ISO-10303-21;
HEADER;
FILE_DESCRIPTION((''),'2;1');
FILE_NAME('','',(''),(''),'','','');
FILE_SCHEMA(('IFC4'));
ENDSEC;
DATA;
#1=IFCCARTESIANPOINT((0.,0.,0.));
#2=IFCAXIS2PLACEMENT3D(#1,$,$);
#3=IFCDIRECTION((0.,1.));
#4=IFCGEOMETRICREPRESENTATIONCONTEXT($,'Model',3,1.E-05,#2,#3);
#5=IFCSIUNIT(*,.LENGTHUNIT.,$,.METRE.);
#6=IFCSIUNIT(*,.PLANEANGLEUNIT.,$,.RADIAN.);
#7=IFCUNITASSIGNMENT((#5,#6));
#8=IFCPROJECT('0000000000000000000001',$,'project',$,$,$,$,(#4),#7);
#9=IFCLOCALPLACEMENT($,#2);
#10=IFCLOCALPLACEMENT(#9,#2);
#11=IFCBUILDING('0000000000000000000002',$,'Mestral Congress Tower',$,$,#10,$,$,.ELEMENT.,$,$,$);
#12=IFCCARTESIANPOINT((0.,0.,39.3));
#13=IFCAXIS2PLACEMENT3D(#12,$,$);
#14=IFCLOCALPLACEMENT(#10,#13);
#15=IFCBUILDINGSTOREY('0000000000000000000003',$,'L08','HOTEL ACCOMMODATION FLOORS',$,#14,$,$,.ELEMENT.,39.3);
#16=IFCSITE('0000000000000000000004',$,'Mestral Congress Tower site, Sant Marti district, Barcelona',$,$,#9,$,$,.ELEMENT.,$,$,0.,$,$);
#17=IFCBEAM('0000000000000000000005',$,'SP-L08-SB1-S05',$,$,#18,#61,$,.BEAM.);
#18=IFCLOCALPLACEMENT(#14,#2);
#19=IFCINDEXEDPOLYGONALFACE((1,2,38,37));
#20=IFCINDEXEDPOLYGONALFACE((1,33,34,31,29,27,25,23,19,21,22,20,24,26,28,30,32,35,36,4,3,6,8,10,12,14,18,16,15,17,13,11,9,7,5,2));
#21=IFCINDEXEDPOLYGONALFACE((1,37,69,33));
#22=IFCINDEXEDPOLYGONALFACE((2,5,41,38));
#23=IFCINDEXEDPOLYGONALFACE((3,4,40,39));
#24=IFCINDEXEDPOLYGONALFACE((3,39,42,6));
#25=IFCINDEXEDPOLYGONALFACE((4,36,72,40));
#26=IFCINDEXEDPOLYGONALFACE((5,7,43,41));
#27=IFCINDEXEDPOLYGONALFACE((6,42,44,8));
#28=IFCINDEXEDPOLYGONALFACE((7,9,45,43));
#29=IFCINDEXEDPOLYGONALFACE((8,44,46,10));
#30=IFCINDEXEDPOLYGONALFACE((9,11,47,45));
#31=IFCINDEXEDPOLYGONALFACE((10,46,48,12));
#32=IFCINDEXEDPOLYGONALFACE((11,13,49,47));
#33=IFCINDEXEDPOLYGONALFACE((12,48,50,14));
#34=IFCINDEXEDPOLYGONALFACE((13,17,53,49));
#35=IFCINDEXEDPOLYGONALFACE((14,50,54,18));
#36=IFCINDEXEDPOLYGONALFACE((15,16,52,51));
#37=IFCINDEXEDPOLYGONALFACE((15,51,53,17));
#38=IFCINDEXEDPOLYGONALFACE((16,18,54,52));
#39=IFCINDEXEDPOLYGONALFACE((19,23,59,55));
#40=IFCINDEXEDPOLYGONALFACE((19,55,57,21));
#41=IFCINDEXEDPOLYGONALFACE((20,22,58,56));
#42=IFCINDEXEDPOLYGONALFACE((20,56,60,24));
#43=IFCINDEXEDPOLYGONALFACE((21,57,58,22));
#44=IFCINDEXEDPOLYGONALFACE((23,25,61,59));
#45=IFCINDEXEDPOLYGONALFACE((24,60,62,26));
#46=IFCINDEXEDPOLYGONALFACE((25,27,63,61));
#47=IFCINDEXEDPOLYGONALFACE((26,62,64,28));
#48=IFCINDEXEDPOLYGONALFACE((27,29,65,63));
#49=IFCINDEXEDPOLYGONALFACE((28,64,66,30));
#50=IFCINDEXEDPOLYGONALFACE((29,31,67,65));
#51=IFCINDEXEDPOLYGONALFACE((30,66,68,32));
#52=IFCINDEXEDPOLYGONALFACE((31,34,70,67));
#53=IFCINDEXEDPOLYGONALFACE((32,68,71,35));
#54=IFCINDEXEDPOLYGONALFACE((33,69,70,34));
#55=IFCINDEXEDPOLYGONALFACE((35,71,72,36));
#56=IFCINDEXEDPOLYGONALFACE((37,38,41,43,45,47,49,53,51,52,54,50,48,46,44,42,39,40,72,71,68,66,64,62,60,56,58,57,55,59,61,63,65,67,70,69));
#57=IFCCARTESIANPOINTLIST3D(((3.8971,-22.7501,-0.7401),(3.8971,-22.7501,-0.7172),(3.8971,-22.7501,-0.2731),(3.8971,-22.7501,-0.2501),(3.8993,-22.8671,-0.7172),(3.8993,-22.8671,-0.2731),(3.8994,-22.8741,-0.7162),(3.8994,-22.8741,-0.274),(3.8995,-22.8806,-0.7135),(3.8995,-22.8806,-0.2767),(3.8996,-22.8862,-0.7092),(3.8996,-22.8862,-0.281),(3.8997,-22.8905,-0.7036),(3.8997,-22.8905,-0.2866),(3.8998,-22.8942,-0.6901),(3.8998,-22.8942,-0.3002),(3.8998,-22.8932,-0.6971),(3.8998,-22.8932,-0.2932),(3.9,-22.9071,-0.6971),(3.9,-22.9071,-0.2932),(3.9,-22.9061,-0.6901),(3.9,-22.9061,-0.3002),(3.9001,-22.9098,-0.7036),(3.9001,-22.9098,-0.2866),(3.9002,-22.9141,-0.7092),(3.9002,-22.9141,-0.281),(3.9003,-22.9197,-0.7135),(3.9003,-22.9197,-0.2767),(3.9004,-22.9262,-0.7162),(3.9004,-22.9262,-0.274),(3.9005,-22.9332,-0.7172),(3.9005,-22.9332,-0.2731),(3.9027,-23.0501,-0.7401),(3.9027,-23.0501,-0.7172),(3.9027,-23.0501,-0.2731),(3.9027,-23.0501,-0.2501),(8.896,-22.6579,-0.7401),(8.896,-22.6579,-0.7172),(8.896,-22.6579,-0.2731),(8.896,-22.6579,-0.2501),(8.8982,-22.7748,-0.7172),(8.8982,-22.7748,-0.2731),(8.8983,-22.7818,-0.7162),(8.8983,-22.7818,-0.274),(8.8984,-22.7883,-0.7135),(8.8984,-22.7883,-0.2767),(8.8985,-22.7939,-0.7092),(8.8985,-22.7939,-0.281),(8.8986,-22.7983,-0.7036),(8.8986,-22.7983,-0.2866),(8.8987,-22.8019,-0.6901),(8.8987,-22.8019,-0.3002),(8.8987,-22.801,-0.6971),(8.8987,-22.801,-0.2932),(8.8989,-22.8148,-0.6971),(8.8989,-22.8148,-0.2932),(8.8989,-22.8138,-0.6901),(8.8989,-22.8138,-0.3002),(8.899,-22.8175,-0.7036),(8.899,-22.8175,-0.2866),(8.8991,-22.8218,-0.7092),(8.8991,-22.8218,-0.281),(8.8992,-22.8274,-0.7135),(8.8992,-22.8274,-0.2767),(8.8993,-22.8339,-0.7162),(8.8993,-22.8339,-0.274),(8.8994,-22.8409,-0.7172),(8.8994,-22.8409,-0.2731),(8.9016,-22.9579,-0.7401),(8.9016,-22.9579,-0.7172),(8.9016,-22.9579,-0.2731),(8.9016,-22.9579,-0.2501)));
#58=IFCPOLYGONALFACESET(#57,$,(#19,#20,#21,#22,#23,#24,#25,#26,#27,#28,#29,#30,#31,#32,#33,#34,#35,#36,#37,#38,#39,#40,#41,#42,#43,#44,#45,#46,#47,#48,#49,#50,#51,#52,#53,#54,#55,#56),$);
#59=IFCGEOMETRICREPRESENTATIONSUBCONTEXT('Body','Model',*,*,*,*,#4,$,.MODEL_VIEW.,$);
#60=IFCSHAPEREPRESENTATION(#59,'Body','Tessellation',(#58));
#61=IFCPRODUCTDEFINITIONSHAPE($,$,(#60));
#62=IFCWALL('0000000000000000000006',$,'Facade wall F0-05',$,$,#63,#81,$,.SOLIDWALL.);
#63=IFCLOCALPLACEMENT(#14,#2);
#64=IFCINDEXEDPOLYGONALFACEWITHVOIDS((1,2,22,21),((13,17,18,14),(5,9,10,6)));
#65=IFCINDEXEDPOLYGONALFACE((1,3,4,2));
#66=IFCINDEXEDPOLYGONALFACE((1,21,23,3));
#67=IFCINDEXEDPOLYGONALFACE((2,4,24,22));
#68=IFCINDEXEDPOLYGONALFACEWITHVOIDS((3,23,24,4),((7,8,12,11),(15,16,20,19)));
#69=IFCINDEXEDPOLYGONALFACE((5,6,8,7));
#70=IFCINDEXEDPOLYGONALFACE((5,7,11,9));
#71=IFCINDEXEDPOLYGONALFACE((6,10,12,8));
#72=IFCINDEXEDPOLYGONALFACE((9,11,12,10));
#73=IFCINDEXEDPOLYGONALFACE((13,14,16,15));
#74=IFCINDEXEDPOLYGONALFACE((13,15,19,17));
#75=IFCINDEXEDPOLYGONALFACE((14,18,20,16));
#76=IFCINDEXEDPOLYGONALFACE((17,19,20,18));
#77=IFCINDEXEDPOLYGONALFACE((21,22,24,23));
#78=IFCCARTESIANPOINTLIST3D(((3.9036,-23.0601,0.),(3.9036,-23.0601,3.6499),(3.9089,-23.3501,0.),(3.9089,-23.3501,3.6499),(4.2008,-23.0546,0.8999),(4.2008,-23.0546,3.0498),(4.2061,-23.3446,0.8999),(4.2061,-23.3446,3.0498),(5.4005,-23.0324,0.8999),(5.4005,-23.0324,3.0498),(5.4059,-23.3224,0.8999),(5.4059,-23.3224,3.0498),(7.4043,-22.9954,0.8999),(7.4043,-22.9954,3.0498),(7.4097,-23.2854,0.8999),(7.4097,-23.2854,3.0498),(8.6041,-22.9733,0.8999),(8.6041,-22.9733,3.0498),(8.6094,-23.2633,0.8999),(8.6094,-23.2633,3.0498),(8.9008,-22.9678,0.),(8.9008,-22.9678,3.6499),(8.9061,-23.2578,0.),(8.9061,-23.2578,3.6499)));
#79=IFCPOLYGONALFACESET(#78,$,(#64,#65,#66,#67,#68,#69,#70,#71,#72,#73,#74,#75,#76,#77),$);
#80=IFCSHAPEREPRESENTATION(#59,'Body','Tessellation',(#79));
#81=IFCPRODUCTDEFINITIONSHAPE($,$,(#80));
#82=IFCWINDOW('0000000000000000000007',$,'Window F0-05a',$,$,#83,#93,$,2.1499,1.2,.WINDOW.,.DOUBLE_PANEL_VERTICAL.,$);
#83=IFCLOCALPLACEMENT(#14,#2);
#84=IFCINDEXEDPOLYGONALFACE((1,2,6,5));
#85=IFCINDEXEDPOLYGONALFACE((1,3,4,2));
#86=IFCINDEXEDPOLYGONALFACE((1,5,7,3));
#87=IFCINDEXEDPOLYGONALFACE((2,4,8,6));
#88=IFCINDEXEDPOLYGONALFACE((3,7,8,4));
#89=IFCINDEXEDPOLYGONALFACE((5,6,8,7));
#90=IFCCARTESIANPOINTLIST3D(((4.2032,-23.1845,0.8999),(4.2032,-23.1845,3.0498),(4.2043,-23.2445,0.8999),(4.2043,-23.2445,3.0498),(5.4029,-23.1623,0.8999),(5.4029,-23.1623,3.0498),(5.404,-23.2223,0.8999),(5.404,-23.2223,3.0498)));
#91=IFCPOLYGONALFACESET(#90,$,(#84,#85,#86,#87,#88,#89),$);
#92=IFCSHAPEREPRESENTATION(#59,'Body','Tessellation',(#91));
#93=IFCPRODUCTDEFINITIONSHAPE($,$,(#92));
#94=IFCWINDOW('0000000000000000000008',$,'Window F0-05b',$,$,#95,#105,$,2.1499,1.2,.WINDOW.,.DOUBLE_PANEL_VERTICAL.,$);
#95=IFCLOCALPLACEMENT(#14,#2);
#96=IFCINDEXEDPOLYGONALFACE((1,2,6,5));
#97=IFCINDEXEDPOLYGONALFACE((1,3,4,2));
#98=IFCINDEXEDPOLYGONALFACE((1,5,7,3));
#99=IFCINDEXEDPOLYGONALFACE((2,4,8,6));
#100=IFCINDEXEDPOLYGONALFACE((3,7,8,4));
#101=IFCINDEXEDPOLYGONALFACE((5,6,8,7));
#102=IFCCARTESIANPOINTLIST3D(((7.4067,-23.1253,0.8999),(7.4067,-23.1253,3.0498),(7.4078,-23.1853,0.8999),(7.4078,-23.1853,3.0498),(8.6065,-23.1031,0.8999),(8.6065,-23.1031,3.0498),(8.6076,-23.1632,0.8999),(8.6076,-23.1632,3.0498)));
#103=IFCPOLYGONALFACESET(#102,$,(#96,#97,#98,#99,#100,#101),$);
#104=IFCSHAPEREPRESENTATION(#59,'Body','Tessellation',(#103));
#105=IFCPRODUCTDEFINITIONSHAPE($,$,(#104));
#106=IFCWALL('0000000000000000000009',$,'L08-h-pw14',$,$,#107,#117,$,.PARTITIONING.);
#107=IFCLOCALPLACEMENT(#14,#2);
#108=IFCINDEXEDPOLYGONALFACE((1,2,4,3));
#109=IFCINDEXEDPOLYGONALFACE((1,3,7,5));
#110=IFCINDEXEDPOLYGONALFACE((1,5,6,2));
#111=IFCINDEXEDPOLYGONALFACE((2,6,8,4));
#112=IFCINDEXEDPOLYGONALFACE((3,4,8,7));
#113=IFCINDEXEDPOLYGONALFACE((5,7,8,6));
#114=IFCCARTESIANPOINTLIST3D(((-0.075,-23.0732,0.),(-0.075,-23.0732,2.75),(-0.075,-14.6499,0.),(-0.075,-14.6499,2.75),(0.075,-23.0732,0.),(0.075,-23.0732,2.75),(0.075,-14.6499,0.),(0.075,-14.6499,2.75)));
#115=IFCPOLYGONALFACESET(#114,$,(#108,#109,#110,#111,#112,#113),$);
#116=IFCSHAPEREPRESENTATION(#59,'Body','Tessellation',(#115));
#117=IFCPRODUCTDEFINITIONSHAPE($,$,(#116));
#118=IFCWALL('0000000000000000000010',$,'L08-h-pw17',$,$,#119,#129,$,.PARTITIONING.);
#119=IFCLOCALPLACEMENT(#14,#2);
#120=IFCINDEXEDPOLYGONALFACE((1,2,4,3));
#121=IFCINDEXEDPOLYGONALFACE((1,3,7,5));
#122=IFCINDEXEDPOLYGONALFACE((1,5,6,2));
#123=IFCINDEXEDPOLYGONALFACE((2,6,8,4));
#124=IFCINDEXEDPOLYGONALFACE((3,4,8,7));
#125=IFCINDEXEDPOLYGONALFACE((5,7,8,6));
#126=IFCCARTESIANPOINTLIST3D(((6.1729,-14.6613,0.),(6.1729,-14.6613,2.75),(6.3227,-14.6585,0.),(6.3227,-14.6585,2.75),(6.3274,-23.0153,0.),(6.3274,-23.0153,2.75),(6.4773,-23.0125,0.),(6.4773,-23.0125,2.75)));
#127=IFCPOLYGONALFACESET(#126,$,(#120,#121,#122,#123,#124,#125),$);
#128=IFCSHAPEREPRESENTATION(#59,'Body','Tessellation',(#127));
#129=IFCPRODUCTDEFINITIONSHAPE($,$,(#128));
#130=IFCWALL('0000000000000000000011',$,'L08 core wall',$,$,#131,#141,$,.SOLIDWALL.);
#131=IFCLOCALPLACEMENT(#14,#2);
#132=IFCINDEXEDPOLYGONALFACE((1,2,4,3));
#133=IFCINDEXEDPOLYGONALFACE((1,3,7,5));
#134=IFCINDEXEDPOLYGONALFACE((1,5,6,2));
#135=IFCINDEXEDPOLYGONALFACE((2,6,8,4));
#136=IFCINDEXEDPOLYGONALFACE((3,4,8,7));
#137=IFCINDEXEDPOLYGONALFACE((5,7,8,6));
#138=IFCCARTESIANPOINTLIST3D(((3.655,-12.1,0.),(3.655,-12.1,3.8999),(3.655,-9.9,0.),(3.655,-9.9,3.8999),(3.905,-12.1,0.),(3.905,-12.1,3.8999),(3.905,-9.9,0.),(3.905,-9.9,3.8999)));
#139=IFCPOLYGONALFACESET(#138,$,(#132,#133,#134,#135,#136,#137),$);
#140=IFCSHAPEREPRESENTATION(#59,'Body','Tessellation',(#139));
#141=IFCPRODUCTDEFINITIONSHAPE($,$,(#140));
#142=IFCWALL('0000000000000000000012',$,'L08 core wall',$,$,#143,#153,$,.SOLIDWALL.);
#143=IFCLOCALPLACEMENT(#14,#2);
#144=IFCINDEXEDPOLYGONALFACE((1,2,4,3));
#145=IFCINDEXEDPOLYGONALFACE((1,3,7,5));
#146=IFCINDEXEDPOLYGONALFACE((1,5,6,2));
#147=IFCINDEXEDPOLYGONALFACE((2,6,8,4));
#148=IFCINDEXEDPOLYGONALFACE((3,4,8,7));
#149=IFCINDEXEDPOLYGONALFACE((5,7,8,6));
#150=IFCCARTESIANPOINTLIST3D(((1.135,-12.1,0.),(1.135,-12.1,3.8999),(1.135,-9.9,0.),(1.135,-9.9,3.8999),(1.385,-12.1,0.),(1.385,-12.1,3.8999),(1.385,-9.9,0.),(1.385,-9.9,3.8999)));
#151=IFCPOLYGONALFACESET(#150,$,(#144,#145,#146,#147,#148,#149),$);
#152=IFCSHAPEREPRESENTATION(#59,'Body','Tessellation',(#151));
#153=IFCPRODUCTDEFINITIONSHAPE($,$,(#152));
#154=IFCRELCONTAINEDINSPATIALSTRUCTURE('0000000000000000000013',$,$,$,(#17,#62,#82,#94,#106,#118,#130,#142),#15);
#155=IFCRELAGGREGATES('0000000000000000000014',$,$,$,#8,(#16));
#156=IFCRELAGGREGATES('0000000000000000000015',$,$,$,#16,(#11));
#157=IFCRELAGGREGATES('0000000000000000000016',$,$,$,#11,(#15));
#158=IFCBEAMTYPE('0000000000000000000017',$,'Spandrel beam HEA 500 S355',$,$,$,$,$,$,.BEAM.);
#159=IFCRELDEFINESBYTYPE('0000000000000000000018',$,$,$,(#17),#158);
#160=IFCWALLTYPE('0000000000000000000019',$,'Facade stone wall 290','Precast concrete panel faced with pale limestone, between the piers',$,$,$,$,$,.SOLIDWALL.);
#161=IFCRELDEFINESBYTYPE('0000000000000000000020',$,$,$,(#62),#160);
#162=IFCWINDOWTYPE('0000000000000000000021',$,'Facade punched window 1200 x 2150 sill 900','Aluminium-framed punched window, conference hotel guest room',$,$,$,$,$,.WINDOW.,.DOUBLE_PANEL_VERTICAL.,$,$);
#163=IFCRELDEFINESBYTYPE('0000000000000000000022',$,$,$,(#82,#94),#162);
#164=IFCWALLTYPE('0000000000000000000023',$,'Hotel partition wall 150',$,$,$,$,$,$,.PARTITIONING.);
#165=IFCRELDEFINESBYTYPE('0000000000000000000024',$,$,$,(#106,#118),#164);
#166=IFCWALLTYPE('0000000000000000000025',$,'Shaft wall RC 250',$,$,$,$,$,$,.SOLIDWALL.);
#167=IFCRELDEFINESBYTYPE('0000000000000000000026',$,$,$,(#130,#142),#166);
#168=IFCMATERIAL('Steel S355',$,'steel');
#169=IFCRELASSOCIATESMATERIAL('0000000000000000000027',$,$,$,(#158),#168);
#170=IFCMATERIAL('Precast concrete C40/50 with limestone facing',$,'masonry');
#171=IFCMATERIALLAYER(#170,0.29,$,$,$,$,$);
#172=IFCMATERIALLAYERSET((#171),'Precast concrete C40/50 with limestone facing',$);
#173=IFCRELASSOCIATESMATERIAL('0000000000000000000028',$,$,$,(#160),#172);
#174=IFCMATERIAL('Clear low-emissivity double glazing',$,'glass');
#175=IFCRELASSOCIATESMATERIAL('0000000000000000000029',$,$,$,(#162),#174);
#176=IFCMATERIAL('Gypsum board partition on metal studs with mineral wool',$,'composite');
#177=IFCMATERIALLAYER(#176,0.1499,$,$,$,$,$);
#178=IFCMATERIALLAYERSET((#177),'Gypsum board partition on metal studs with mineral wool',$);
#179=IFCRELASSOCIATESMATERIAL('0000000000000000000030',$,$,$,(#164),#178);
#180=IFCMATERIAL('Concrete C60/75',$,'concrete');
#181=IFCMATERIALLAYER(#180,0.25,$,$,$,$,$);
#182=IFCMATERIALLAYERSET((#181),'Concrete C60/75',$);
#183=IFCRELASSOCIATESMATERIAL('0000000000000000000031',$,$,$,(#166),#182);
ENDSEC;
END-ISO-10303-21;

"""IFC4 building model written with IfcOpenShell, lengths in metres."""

from ifc_helpers import new_model, si_unit, direction, frame, frame_2d, origin, origin_2d, place, context, subcontext, project, spatial, rectangle, i_section, extrude, material, layer, layer_set, material_profile, profile_set, type_object, element, fill, save


model = new_model("IFC4")

# Units and contexts
model_context = context("Model", 3, precision=1e-05, world=origin(), true_north=direction((0.0, 1.0)))
body_context = subcontext(model_context, "Body", "Model", "MODEL_VIEW")
ifc_project = project(units=[si_unit("LENGTHUNIT", "METRE"), si_unit("PLANEANGLEUNIT", "RADIAN")], contexts=[model_context])

# Site, building, storey
site_placement = place(None, origin())
site = spatial("IfcSite", under=ifc_project, at=site_placement, Name="Mestral Congress Tower site, Sant Marti district, Barcelona", CompositionType="ELEMENT", RefElevation=0.0)
building_placement = place(site_placement, origin())
building = spatial("IfcBuilding", under=site, at=building_placement, Name="Mestral Congress Tower", CompositionType="ELEMENT")
storey_placement = place(building_placement, frame((0.0, 0.0, 39.3)))
storey = spatial("IfcBuildingStorey", under=building, at=storey_placement, Name="L08", Description="HOTEL ACCOMMODATION FLOORS", CompositionType="ELEMENT", Elevation=39.3)

# Beam
ifc_material_1 = material(Name="Steel S355", Category="steel")
ifc_material_profile_1 = material_profile(ifc_material_1, i_section(OverallWidth=0.3, OverallDepth=0.49, WebThickness=0.012, FlangeThickness=0.0229, FilletRadius=0.0271, at=origin_2d()), Name="HEA 500")
ifc_profile_set_1 = profile_set([ifc_material_profile_1], Name="Steel S355")
beam_type_1 = type_object("IfcBeamType", Name="Spandrel beam HEA 500 S355", PredefinedType="BEAM", material=ifc_profile_set_1)
beam_1_placement = place(storey_placement, frame((3.8999, -22.9001, -0.4951), z_axis=(0.99983, 0.018457, 0.0), x_axis=(-0.018457, 0.99983, 0.0)))
element("IfcBeam", 1, at=beam_1_placement, inside=storey, type_object=beam_type_1, Name="SP-L08-SB1-S05", PredefinedType="BEAM", context=body_context, shape_type="SweptSolid", body=[
    extrude(i_section(OverallWidth=0.3, OverallDepth=0.49, WebThickness=0.012, FlangeThickness=0.0229, FilletRadius=0.0271, at=origin_2d()), origin(), (0.0, 0.0, 1.0), 4.9998),
])

# Wall, openings, windows
ifc_material_2 = material(Name="Precast concrete C40/50 with limestone facing", Category="masonry")
ifc_layer_1 = layer(ifc_material_2, 0.29)
ifc_layer_set_1 = layer_set([ifc_layer_1], Name="Precast concrete C40/50 with limestone facing")
wall_type_1 = type_object("IfcWallType", Name="Facade stone wall 290", Description="Precast concrete panel faced with pale limestone, between the piers", PredefinedType="SOLIDWALL", material=ifc_layer_set_1)
wall_1_placement = place(storey_placement, frame((3.9062, -23.2051, 0.0), z_axis=(0.0, 0.0, 1.0), x_axis=(0.99983, 0.018464, 0.0)))
wall_1 = element("IfcWall", 2, at=wall_1_placement, inside=storey, type_object=wall_type_1, Name="Facade wall F0-05", PredefinedType="SOLIDWALL", context=body_context, shape_type="SweptSolid", body=[
    extrude(rectangle(XDim=4.998, YDim=0.29, at=frame_2d((2.499, 0.0))), origin(), (0.0, 0.0, 1.0), 3.6499),
])
opening_1_placement = place(wall_1_placement, frame((0.2971, 0.0, 0.8999)))
opening_1 = element("IfcOpeningElement", 3, at=opening_1_placement, cuts=wall_1, PredefinedType="OPENING", context=body_context, shape_type="SweptSolid", body=[
    extrude(rectangle(XDim=1.2, YDim=2.1499, at=frame_2d((0.6001, 1.075))), frame((0.0, 0.155, 0.0), z_axis=(0.0, -1.0, 0.0), x_axis=(1.0, 0.0, 0.0)), (0.0, 0.0, 1.0), 0.3101),
])
opening_2_placement = place(wall_1_placement, frame((3.5012, 0.0, 0.8999)))
opening_2 = element("IfcOpeningElement", 4, at=opening_2_placement, cuts=wall_1, PredefinedType="OPENING", context=body_context, shape_type="SweptSolid", body=[
    extrude(rectangle(XDim=1.2, YDim=2.1499, at=frame_2d((0.6001, 1.075))), frame((0.0, 0.155, 0.0), z_axis=(0.0, -1.0, 0.0), x_axis=(1.0, 0.0, 0.0)), (0.0, 0.0, 1.0), 0.3101),
])
ifc_material_3 = material(Name="Clear low-emissivity double glazing", Category="glass")
window_type = type_object("IfcWindowType", Name="Facade punched window 1200 x 2150 sill 900", Description="Aluminium-framed punched window, conference hotel guest room", PartitioningType="DOUBLE_PANEL_VERTICAL", PredefinedType="WINDOW", material=ifc_material_3)
window_1_placement = place(opening_1_placement, origin())
window_1 = element("IfcWindow", 5, at=window_1_placement, inside=storey, type_object=window_type, Name="Window F0-05a", OverallHeight=2.1499, OverallWidth=1.2, PartitioningType="DOUBLE_PANEL_VERTICAL", PredefinedType="WINDOW", context=body_context, shape_type="SweptSolid", body=[
    extrude(rectangle(XDim=1.2, YDim=2.1499, at=frame_2d((0.6001, 1.075))), frame((0.0, 0.0151, 0.0), z_axis=(0.0, -1.0, 0.0), x_axis=(1.0, 0.0, 0.0)), (0.0, 0.0, 1.0), 0.0601),
])
fill(opening_1, window_1)
window_2_placement = place(opening_2_placement, origin())
window_2 = element("IfcWindow", 6, at=window_2_placement, inside=storey, type_object=window_type, Name="Window F0-05b", OverallHeight=2.1499, OverallWidth=1.2, PartitioningType="DOUBLE_PANEL_VERTICAL", PredefinedType="WINDOW", context=body_context, shape_type="SweptSolid", body=[
    extrude(rectangle(XDim=1.2, YDim=2.1499, at=frame_2d((0.6001, 1.075))), frame((0.0, 0.0151, 0.0), z_axis=(0.0, -1.0, 0.0), x_axis=(1.0, 0.0, 0.0)), (0.0, 0.0, 1.0), 0.0601),
])
fill(opening_2, window_2)

# Walls
ifc_material_4 = material(Name="Gypsum board partition on metal studs with mineral wool", Category="composite")
ifc_layer_2 = layer(ifc_material_4, 0.1499)
ifc_layer_set_2 = layer_set([ifc_layer_2], Name="Gypsum board partition on metal studs with mineral wool")
wall_type_2 = type_object("IfcWallType", Name="Hotel partition wall 150", PredefinedType="PARTITIONING", material=ifc_layer_set_2)
wall_2_placement = place(storey_placement, frame((0.0, -23.0732, 0.0), z_axis=(0.0, 0.0, 1.0), x_axis=(0.0, 1.0, 0.0)))
element("IfcWall", 7, at=wall_2_placement, inside=storey, type_object=wall_type_2, Name="L08-h-pw14", PredefinedType="PARTITIONING", context=body_context, shape_type="SweptSolid", body=[
    extrude(rectangle(XDim=8.4233, YDim=0.1499, at=frame_2d((4.2117, 0.0))), origin(), (0.0, 0.0, 1.0), 2.75),
])
wall_3_placement = place(storey_placement, frame((6.4023, -23.0139, 0.0), z_axis=(0.0, 0.0, 1.0), x_axis=(-0.018496, 0.999829, 0.0)))
element("IfcWall", 8, at=wall_3_placement, inside=storey, type_object=wall_type_2, Name="L08-h-pw17", PredefinedType="PARTITIONING", context=body_context, shape_type="SweptSolid", body=[
    extrude(rectangle(XDim=8.3555, YDim=0.1499, at=frame_2d((4.1777, 0.0))), origin(), (0.0, 0.0, 1.0), 2.75),
])
ifc_material_5 = material(Name="Concrete C60/75", Category="concrete")
ifc_layer_3 = layer(ifc_material_5, 0.25)
ifc_layer_set_3 = layer_set([ifc_layer_3], Name="Concrete C60/75")
wall_type_3 = type_object("IfcWallType", Name="Shaft wall RC 250", PredefinedType="SOLIDWALL", material=ifc_layer_set_3)
for number, where, z_axis, x_axis, name in (
    (9, (3.78, -12.1001, 0.0), (0.0, 0.0, 1.0), (0.0, 1.0, 0.0), "L08 core wall"),
    (10, (1.26, -12.1001, 0.0), (0.0, 0.0, 1.0), (0.0, 1.0, 0.0), "L08 core wall"),
):
    element("IfcWall", number, at=place(storey_placement, frame(where, z_axis=z_axis, x_axis=x_axis)), inside=storey, type_object=wall_type_3, Name=name, PredefinedType="SOLIDWALL", context=body_context, shape_type="SweptSolid", body=[
        extrude(rectangle(XDim=2.2, YDim=0.25, at=frame_2d((1.1001, 0.0))), origin(), (0.0, 0.0, 1.0), 3.8999),
    ])

save(model, "model.ifc")
